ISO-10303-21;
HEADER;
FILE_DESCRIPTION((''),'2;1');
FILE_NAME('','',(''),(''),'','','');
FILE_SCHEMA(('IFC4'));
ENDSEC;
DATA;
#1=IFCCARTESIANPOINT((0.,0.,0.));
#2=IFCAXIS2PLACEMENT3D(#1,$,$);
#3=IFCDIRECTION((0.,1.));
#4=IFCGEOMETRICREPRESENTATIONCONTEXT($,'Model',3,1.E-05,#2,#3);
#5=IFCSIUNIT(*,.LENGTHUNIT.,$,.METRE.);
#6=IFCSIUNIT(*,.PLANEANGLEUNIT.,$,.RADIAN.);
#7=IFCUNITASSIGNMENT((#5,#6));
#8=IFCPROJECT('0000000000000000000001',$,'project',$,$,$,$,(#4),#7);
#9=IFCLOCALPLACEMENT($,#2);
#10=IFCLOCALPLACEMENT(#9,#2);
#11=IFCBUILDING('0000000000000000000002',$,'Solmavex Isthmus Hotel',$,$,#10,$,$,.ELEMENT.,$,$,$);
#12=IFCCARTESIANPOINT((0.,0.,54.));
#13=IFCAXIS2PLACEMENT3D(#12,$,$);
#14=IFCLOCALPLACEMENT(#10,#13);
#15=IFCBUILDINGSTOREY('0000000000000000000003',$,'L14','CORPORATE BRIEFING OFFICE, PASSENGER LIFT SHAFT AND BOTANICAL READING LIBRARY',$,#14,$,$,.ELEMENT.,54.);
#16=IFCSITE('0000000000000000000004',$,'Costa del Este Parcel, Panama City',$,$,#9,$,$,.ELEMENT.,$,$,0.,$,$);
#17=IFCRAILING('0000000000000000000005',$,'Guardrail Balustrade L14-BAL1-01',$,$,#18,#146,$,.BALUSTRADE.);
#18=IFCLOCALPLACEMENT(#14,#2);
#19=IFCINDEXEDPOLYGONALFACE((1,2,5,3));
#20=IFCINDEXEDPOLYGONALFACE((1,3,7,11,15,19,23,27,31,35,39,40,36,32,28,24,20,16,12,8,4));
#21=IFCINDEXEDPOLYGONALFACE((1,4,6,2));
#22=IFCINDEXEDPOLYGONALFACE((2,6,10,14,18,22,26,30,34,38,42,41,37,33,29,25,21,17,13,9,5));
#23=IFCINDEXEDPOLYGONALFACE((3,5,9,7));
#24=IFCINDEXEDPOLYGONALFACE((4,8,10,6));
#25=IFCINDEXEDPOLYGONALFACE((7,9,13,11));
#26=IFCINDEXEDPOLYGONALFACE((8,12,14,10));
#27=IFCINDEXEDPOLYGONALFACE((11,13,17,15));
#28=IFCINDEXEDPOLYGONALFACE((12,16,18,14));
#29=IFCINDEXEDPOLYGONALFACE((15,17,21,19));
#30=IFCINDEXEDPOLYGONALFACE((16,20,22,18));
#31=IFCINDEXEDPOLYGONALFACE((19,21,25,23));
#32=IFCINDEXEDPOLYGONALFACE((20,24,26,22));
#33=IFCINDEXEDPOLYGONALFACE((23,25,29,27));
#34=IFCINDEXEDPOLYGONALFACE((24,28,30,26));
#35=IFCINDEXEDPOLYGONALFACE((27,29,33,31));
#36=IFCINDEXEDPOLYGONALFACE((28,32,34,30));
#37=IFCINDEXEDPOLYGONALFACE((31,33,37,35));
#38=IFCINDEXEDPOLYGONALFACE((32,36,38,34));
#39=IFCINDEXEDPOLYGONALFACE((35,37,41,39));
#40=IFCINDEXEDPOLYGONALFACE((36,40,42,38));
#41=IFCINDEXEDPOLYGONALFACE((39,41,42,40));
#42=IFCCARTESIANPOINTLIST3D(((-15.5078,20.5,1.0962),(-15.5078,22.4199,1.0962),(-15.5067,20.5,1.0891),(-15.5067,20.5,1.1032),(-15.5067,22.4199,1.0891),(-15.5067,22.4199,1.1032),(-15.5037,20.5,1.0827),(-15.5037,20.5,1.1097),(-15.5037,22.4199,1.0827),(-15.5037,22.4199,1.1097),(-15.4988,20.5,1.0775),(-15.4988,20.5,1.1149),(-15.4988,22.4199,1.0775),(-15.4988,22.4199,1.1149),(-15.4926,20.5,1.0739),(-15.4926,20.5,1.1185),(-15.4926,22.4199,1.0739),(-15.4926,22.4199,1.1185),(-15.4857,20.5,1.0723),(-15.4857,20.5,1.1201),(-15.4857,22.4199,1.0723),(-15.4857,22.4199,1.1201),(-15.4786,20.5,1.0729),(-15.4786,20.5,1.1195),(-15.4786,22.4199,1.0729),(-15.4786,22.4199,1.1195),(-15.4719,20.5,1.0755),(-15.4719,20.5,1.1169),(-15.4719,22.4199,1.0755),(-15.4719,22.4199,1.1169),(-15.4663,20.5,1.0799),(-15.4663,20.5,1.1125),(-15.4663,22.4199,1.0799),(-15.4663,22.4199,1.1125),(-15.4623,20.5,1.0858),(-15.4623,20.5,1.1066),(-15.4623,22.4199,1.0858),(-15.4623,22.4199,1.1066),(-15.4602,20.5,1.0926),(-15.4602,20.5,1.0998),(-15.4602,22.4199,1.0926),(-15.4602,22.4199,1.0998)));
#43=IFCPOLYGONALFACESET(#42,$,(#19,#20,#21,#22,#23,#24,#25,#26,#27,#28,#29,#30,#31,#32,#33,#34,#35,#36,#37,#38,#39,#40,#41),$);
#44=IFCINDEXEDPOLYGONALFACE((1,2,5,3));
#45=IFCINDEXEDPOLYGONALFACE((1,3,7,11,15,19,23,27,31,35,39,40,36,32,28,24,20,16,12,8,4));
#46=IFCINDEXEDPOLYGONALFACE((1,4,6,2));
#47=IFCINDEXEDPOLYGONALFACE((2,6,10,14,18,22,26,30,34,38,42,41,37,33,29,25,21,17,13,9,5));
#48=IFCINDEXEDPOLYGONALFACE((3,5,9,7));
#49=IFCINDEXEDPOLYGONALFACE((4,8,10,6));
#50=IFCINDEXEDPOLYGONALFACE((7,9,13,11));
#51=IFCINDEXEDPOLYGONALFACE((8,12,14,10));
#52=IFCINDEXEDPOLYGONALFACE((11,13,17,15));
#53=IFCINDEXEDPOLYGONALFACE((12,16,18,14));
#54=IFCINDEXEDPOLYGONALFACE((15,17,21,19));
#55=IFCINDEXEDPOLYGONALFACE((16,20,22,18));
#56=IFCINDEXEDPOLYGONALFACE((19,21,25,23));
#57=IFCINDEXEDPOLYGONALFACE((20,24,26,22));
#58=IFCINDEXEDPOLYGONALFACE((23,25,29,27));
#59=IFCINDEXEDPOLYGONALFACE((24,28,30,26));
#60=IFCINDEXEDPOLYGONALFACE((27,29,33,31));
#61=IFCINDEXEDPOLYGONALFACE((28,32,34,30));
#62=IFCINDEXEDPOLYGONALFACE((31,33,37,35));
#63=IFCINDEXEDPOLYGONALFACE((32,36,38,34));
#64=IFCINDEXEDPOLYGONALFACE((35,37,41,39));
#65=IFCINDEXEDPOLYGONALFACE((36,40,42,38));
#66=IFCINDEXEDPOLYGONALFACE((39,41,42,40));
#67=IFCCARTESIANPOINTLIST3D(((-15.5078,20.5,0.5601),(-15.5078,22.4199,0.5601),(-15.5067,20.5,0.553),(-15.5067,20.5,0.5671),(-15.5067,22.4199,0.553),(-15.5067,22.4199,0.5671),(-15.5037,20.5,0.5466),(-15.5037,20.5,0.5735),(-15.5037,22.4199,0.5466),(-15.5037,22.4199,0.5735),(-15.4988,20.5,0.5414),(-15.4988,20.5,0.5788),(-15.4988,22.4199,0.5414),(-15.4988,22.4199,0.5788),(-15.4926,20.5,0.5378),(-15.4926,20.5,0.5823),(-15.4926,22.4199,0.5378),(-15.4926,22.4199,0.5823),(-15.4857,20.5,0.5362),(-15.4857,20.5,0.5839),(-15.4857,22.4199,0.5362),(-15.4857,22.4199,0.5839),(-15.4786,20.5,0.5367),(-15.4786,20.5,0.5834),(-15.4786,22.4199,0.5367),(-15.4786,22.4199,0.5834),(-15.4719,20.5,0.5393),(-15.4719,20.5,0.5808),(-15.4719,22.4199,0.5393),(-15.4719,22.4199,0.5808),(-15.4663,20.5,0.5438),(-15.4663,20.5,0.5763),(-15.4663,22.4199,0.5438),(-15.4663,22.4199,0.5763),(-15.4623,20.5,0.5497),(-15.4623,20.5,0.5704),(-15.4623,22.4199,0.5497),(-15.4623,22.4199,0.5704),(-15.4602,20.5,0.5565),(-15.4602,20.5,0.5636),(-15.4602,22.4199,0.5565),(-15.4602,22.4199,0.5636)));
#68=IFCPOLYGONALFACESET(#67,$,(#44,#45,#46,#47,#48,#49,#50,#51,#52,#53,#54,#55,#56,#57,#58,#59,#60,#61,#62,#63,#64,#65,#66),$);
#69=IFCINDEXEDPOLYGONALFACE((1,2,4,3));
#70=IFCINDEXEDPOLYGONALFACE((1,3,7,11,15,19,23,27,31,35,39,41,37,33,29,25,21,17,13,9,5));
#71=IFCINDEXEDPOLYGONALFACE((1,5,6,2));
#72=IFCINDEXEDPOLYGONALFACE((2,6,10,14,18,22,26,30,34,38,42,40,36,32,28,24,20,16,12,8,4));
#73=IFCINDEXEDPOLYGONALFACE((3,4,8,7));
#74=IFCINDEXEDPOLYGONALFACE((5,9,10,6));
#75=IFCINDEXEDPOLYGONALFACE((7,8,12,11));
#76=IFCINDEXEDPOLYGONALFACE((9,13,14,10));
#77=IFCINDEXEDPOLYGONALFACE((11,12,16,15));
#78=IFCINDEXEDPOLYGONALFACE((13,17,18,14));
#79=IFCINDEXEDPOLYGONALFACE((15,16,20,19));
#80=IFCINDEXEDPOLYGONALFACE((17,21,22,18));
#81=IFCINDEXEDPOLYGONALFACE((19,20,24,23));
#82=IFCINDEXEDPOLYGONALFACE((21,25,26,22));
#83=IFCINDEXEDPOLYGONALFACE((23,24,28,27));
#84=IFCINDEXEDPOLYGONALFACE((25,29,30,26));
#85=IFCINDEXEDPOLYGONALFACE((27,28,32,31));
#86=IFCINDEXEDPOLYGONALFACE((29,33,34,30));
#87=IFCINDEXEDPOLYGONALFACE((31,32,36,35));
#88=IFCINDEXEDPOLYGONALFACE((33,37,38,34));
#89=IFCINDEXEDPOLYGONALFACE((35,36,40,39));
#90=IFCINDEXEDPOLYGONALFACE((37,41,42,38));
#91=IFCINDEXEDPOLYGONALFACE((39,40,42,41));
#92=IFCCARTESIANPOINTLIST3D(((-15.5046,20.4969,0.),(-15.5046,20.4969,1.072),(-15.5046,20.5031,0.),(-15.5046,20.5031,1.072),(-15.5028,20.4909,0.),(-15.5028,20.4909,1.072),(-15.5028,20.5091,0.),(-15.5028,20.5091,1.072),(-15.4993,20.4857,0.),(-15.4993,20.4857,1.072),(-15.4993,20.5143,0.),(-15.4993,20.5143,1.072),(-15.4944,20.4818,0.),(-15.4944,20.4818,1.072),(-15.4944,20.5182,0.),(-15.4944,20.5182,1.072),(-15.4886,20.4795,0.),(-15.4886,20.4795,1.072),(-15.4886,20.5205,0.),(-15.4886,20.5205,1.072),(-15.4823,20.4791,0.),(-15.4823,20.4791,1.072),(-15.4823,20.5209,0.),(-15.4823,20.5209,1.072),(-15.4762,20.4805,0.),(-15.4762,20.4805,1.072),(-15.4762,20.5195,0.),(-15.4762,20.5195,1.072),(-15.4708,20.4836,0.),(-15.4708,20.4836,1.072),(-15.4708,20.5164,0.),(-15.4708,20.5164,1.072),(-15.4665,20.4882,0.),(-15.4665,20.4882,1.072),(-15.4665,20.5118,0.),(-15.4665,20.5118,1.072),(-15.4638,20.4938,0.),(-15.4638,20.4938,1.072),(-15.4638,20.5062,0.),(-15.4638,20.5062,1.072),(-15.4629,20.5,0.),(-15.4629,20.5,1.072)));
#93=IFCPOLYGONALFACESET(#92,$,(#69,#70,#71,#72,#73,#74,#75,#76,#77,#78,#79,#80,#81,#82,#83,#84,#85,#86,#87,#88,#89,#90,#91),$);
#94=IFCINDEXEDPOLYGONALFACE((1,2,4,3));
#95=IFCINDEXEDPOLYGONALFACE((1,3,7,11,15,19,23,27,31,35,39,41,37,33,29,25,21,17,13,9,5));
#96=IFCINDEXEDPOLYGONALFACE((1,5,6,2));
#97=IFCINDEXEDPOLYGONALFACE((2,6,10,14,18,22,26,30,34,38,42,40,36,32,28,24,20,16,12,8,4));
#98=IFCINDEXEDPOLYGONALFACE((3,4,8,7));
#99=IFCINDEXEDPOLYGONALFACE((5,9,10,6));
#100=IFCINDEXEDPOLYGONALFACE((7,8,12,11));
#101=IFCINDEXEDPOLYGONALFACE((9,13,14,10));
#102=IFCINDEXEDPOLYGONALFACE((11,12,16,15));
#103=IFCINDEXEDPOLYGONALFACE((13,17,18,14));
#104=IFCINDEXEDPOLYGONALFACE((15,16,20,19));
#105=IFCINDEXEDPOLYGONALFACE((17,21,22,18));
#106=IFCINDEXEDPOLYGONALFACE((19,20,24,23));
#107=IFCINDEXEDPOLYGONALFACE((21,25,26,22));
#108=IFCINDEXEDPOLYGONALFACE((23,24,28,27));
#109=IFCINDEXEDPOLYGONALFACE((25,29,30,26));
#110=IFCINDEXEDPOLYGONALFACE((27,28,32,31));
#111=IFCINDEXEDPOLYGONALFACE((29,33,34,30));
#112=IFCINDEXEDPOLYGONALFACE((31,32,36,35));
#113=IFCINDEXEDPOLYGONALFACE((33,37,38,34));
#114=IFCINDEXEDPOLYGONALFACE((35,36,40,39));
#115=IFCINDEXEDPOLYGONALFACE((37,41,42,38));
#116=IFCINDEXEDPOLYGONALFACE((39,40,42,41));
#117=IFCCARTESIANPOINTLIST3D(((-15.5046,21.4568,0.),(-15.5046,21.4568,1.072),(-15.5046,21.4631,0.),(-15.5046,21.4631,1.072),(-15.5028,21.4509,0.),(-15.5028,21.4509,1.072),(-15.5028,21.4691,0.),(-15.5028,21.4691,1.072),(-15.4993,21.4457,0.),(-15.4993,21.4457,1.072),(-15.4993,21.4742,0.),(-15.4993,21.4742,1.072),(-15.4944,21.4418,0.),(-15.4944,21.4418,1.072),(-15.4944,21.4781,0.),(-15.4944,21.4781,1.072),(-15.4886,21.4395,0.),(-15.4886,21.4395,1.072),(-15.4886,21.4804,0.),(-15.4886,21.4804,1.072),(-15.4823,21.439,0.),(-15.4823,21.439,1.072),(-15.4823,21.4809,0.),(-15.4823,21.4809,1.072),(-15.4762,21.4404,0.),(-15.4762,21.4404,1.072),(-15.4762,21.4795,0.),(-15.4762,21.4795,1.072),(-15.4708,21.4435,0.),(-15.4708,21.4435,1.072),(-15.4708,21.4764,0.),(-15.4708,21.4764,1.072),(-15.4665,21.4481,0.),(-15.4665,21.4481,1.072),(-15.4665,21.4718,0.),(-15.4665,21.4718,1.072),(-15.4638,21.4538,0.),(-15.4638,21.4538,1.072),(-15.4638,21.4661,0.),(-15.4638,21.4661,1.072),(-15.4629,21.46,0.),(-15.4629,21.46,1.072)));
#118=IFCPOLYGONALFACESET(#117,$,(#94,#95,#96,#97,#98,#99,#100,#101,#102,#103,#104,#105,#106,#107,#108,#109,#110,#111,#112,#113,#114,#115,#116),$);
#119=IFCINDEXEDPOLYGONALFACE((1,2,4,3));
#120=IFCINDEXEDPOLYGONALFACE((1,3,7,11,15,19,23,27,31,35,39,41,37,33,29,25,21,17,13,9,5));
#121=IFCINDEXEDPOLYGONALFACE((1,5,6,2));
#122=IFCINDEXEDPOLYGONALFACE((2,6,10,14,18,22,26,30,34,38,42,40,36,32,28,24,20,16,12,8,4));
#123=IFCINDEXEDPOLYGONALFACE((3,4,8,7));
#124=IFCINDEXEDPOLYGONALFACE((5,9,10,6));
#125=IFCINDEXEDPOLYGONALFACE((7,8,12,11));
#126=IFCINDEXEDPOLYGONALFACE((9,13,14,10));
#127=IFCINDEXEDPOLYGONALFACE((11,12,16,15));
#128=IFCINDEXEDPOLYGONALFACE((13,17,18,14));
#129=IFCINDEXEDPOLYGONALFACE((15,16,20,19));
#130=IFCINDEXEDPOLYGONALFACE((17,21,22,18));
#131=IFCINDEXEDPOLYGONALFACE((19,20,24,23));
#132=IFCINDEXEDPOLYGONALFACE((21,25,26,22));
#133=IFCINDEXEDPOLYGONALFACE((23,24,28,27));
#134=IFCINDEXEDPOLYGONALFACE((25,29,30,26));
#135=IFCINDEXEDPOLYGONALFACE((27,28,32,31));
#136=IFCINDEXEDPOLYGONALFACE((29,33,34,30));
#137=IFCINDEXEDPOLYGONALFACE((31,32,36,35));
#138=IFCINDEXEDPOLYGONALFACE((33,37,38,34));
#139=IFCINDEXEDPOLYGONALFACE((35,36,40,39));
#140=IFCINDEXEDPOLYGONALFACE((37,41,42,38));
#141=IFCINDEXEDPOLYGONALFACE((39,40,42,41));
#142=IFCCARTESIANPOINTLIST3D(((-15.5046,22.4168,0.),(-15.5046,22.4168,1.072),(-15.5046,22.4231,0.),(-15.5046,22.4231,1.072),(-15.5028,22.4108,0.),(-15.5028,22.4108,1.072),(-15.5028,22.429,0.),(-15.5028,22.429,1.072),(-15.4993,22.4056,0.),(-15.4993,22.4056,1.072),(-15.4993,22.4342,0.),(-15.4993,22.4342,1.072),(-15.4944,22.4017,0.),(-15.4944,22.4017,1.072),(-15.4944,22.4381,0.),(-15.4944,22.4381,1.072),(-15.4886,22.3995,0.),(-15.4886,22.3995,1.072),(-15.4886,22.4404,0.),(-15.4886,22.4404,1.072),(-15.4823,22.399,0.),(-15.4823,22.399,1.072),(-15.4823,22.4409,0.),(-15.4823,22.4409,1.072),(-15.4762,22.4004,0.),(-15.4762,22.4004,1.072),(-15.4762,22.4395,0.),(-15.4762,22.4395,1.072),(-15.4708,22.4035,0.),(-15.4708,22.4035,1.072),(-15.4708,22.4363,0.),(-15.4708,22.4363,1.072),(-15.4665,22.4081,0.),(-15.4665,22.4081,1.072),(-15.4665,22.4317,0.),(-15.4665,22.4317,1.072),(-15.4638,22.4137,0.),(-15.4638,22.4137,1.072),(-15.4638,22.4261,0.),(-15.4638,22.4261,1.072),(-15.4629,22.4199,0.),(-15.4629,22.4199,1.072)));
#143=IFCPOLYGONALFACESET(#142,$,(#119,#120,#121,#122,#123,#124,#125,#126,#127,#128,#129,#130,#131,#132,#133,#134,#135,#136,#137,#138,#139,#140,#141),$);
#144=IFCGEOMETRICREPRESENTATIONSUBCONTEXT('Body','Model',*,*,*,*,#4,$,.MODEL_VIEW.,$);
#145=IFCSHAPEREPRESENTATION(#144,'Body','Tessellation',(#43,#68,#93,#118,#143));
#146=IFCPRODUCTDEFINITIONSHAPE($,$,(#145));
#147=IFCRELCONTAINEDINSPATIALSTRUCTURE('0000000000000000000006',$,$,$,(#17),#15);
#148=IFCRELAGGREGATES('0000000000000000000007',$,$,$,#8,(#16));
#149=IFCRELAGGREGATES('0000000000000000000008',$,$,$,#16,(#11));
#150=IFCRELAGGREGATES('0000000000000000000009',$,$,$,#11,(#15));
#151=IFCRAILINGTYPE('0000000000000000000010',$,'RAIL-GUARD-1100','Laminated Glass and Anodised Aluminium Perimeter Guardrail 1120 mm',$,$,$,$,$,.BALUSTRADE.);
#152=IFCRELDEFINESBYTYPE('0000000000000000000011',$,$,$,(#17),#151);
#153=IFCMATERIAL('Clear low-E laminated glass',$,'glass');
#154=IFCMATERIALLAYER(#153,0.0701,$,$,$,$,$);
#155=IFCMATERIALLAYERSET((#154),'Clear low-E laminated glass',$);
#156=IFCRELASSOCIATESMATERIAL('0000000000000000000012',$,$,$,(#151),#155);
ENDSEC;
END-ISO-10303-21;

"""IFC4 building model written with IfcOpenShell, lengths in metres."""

from ifc_helpers import new_model, si_unit, direction, frame, origin, origin_2d, place, context, subcontext, project, spatial, circle, extrude, material, layer, layer_set, type_object, element, save


model = new_model("IFC4")

# Units and contexts
model_context = context("Model", 3, precision=1e-05, world=origin(), true_north=direction((0.0, 1.0)))
body_context = subcontext(model_context, "Body", "Model", "MODEL_VIEW")
ifc_project = project(units=[si_unit("LENGTHUNIT", "METRE"), si_unit("PLANEANGLEUNIT", "RADIAN")], contexts=[model_context])

# Site, building, storey
site_placement = place(None, origin())
site = spatial("IfcSite", under=ifc_project, at=site_placement, Name="Costa del Este Parcel, Panama City", CompositionType="ELEMENT", RefElevation=0.0)
building_placement = place(site_placement, origin())
building = spatial("IfcBuilding", under=site, at=building_placement, Name="Solmavex Isthmus Hotel", CompositionType="ELEMENT")
storey_placement = place(building_placement, frame((0.0, 0.0, 54.0)))
storey = spatial("IfcBuildingStorey", under=building, at=storey_placement, Name="L14", Description="CORPORATE BRIEFING OFFICE, PASSENGER LIFT SHAFT AND BOTANICAL READING LIBRARY", CompositionType="ELEMENT", Elevation=54.0)

# Shared definitions
ifc_material_1 = material(Name="Clear low-E laminated glass", Category="glass")

# Railing
ifc_layer_1 = layer(ifc_material_1, 0.0701)
ifc_layer_set_1 = layer_set([ifc_layer_1], Name="Clear low-E laminated glass")
railing_type_1 = type_object("IfcRailingType", Name="RAIL-GUARD-1100", Description="Laminated Glass and Anodised Aluminium Perimeter Guardrail 1120 mm", PredefinedType="BALUSTRADE", material=ifc_layer_set_1)
railing_1_placement = place(storey_placement, frame((-15.4839, 20.5, 0.0)))
element("IfcRailing", 1, at=railing_1_placement, inside=storey, type_object=railing_type_1, Name="Guardrail Balustrade L14-BAL1-01", PredefinedType="BALUSTRADE", context=body_context, shape_type="SweptSolid", body=[
    extrude(circle(Radius=0.0239, at=origin_2d()), frame((0.0, 0.0, 1.0962), z_axis=(0.0, 1.0, 0.0), x_axis=(-1.0, 0.0, 0.0)), (0.0, 0.0, 1.0), 1.9199),
    extrude(circle(Radius=0.0239, at=origin_2d()), frame((0.0, 0.0, 0.5601), z_axis=(0.0, 1.0, 0.0), x_axis=(-1.0, 0.0, 0.0)), (0.0, 0.0, 1.0), 1.9199),
    extrude(circle(Radius=0.021, at=origin_2d()), origin(), (0.0, 0.0, 1.0), 1.072),
    extrude(circle(Radius=0.021, at=origin_2d()), frame((0.0, 0.96, 0.0)), (0.0, 0.0, 1.0), 1.072),
    extrude(circle(Radius=0.021, at=origin_2d()), frame((0.0, 1.9199, 0.0)), (0.0, 0.0, 1.0), 1.072),
])

save(model, "model.ifc")
